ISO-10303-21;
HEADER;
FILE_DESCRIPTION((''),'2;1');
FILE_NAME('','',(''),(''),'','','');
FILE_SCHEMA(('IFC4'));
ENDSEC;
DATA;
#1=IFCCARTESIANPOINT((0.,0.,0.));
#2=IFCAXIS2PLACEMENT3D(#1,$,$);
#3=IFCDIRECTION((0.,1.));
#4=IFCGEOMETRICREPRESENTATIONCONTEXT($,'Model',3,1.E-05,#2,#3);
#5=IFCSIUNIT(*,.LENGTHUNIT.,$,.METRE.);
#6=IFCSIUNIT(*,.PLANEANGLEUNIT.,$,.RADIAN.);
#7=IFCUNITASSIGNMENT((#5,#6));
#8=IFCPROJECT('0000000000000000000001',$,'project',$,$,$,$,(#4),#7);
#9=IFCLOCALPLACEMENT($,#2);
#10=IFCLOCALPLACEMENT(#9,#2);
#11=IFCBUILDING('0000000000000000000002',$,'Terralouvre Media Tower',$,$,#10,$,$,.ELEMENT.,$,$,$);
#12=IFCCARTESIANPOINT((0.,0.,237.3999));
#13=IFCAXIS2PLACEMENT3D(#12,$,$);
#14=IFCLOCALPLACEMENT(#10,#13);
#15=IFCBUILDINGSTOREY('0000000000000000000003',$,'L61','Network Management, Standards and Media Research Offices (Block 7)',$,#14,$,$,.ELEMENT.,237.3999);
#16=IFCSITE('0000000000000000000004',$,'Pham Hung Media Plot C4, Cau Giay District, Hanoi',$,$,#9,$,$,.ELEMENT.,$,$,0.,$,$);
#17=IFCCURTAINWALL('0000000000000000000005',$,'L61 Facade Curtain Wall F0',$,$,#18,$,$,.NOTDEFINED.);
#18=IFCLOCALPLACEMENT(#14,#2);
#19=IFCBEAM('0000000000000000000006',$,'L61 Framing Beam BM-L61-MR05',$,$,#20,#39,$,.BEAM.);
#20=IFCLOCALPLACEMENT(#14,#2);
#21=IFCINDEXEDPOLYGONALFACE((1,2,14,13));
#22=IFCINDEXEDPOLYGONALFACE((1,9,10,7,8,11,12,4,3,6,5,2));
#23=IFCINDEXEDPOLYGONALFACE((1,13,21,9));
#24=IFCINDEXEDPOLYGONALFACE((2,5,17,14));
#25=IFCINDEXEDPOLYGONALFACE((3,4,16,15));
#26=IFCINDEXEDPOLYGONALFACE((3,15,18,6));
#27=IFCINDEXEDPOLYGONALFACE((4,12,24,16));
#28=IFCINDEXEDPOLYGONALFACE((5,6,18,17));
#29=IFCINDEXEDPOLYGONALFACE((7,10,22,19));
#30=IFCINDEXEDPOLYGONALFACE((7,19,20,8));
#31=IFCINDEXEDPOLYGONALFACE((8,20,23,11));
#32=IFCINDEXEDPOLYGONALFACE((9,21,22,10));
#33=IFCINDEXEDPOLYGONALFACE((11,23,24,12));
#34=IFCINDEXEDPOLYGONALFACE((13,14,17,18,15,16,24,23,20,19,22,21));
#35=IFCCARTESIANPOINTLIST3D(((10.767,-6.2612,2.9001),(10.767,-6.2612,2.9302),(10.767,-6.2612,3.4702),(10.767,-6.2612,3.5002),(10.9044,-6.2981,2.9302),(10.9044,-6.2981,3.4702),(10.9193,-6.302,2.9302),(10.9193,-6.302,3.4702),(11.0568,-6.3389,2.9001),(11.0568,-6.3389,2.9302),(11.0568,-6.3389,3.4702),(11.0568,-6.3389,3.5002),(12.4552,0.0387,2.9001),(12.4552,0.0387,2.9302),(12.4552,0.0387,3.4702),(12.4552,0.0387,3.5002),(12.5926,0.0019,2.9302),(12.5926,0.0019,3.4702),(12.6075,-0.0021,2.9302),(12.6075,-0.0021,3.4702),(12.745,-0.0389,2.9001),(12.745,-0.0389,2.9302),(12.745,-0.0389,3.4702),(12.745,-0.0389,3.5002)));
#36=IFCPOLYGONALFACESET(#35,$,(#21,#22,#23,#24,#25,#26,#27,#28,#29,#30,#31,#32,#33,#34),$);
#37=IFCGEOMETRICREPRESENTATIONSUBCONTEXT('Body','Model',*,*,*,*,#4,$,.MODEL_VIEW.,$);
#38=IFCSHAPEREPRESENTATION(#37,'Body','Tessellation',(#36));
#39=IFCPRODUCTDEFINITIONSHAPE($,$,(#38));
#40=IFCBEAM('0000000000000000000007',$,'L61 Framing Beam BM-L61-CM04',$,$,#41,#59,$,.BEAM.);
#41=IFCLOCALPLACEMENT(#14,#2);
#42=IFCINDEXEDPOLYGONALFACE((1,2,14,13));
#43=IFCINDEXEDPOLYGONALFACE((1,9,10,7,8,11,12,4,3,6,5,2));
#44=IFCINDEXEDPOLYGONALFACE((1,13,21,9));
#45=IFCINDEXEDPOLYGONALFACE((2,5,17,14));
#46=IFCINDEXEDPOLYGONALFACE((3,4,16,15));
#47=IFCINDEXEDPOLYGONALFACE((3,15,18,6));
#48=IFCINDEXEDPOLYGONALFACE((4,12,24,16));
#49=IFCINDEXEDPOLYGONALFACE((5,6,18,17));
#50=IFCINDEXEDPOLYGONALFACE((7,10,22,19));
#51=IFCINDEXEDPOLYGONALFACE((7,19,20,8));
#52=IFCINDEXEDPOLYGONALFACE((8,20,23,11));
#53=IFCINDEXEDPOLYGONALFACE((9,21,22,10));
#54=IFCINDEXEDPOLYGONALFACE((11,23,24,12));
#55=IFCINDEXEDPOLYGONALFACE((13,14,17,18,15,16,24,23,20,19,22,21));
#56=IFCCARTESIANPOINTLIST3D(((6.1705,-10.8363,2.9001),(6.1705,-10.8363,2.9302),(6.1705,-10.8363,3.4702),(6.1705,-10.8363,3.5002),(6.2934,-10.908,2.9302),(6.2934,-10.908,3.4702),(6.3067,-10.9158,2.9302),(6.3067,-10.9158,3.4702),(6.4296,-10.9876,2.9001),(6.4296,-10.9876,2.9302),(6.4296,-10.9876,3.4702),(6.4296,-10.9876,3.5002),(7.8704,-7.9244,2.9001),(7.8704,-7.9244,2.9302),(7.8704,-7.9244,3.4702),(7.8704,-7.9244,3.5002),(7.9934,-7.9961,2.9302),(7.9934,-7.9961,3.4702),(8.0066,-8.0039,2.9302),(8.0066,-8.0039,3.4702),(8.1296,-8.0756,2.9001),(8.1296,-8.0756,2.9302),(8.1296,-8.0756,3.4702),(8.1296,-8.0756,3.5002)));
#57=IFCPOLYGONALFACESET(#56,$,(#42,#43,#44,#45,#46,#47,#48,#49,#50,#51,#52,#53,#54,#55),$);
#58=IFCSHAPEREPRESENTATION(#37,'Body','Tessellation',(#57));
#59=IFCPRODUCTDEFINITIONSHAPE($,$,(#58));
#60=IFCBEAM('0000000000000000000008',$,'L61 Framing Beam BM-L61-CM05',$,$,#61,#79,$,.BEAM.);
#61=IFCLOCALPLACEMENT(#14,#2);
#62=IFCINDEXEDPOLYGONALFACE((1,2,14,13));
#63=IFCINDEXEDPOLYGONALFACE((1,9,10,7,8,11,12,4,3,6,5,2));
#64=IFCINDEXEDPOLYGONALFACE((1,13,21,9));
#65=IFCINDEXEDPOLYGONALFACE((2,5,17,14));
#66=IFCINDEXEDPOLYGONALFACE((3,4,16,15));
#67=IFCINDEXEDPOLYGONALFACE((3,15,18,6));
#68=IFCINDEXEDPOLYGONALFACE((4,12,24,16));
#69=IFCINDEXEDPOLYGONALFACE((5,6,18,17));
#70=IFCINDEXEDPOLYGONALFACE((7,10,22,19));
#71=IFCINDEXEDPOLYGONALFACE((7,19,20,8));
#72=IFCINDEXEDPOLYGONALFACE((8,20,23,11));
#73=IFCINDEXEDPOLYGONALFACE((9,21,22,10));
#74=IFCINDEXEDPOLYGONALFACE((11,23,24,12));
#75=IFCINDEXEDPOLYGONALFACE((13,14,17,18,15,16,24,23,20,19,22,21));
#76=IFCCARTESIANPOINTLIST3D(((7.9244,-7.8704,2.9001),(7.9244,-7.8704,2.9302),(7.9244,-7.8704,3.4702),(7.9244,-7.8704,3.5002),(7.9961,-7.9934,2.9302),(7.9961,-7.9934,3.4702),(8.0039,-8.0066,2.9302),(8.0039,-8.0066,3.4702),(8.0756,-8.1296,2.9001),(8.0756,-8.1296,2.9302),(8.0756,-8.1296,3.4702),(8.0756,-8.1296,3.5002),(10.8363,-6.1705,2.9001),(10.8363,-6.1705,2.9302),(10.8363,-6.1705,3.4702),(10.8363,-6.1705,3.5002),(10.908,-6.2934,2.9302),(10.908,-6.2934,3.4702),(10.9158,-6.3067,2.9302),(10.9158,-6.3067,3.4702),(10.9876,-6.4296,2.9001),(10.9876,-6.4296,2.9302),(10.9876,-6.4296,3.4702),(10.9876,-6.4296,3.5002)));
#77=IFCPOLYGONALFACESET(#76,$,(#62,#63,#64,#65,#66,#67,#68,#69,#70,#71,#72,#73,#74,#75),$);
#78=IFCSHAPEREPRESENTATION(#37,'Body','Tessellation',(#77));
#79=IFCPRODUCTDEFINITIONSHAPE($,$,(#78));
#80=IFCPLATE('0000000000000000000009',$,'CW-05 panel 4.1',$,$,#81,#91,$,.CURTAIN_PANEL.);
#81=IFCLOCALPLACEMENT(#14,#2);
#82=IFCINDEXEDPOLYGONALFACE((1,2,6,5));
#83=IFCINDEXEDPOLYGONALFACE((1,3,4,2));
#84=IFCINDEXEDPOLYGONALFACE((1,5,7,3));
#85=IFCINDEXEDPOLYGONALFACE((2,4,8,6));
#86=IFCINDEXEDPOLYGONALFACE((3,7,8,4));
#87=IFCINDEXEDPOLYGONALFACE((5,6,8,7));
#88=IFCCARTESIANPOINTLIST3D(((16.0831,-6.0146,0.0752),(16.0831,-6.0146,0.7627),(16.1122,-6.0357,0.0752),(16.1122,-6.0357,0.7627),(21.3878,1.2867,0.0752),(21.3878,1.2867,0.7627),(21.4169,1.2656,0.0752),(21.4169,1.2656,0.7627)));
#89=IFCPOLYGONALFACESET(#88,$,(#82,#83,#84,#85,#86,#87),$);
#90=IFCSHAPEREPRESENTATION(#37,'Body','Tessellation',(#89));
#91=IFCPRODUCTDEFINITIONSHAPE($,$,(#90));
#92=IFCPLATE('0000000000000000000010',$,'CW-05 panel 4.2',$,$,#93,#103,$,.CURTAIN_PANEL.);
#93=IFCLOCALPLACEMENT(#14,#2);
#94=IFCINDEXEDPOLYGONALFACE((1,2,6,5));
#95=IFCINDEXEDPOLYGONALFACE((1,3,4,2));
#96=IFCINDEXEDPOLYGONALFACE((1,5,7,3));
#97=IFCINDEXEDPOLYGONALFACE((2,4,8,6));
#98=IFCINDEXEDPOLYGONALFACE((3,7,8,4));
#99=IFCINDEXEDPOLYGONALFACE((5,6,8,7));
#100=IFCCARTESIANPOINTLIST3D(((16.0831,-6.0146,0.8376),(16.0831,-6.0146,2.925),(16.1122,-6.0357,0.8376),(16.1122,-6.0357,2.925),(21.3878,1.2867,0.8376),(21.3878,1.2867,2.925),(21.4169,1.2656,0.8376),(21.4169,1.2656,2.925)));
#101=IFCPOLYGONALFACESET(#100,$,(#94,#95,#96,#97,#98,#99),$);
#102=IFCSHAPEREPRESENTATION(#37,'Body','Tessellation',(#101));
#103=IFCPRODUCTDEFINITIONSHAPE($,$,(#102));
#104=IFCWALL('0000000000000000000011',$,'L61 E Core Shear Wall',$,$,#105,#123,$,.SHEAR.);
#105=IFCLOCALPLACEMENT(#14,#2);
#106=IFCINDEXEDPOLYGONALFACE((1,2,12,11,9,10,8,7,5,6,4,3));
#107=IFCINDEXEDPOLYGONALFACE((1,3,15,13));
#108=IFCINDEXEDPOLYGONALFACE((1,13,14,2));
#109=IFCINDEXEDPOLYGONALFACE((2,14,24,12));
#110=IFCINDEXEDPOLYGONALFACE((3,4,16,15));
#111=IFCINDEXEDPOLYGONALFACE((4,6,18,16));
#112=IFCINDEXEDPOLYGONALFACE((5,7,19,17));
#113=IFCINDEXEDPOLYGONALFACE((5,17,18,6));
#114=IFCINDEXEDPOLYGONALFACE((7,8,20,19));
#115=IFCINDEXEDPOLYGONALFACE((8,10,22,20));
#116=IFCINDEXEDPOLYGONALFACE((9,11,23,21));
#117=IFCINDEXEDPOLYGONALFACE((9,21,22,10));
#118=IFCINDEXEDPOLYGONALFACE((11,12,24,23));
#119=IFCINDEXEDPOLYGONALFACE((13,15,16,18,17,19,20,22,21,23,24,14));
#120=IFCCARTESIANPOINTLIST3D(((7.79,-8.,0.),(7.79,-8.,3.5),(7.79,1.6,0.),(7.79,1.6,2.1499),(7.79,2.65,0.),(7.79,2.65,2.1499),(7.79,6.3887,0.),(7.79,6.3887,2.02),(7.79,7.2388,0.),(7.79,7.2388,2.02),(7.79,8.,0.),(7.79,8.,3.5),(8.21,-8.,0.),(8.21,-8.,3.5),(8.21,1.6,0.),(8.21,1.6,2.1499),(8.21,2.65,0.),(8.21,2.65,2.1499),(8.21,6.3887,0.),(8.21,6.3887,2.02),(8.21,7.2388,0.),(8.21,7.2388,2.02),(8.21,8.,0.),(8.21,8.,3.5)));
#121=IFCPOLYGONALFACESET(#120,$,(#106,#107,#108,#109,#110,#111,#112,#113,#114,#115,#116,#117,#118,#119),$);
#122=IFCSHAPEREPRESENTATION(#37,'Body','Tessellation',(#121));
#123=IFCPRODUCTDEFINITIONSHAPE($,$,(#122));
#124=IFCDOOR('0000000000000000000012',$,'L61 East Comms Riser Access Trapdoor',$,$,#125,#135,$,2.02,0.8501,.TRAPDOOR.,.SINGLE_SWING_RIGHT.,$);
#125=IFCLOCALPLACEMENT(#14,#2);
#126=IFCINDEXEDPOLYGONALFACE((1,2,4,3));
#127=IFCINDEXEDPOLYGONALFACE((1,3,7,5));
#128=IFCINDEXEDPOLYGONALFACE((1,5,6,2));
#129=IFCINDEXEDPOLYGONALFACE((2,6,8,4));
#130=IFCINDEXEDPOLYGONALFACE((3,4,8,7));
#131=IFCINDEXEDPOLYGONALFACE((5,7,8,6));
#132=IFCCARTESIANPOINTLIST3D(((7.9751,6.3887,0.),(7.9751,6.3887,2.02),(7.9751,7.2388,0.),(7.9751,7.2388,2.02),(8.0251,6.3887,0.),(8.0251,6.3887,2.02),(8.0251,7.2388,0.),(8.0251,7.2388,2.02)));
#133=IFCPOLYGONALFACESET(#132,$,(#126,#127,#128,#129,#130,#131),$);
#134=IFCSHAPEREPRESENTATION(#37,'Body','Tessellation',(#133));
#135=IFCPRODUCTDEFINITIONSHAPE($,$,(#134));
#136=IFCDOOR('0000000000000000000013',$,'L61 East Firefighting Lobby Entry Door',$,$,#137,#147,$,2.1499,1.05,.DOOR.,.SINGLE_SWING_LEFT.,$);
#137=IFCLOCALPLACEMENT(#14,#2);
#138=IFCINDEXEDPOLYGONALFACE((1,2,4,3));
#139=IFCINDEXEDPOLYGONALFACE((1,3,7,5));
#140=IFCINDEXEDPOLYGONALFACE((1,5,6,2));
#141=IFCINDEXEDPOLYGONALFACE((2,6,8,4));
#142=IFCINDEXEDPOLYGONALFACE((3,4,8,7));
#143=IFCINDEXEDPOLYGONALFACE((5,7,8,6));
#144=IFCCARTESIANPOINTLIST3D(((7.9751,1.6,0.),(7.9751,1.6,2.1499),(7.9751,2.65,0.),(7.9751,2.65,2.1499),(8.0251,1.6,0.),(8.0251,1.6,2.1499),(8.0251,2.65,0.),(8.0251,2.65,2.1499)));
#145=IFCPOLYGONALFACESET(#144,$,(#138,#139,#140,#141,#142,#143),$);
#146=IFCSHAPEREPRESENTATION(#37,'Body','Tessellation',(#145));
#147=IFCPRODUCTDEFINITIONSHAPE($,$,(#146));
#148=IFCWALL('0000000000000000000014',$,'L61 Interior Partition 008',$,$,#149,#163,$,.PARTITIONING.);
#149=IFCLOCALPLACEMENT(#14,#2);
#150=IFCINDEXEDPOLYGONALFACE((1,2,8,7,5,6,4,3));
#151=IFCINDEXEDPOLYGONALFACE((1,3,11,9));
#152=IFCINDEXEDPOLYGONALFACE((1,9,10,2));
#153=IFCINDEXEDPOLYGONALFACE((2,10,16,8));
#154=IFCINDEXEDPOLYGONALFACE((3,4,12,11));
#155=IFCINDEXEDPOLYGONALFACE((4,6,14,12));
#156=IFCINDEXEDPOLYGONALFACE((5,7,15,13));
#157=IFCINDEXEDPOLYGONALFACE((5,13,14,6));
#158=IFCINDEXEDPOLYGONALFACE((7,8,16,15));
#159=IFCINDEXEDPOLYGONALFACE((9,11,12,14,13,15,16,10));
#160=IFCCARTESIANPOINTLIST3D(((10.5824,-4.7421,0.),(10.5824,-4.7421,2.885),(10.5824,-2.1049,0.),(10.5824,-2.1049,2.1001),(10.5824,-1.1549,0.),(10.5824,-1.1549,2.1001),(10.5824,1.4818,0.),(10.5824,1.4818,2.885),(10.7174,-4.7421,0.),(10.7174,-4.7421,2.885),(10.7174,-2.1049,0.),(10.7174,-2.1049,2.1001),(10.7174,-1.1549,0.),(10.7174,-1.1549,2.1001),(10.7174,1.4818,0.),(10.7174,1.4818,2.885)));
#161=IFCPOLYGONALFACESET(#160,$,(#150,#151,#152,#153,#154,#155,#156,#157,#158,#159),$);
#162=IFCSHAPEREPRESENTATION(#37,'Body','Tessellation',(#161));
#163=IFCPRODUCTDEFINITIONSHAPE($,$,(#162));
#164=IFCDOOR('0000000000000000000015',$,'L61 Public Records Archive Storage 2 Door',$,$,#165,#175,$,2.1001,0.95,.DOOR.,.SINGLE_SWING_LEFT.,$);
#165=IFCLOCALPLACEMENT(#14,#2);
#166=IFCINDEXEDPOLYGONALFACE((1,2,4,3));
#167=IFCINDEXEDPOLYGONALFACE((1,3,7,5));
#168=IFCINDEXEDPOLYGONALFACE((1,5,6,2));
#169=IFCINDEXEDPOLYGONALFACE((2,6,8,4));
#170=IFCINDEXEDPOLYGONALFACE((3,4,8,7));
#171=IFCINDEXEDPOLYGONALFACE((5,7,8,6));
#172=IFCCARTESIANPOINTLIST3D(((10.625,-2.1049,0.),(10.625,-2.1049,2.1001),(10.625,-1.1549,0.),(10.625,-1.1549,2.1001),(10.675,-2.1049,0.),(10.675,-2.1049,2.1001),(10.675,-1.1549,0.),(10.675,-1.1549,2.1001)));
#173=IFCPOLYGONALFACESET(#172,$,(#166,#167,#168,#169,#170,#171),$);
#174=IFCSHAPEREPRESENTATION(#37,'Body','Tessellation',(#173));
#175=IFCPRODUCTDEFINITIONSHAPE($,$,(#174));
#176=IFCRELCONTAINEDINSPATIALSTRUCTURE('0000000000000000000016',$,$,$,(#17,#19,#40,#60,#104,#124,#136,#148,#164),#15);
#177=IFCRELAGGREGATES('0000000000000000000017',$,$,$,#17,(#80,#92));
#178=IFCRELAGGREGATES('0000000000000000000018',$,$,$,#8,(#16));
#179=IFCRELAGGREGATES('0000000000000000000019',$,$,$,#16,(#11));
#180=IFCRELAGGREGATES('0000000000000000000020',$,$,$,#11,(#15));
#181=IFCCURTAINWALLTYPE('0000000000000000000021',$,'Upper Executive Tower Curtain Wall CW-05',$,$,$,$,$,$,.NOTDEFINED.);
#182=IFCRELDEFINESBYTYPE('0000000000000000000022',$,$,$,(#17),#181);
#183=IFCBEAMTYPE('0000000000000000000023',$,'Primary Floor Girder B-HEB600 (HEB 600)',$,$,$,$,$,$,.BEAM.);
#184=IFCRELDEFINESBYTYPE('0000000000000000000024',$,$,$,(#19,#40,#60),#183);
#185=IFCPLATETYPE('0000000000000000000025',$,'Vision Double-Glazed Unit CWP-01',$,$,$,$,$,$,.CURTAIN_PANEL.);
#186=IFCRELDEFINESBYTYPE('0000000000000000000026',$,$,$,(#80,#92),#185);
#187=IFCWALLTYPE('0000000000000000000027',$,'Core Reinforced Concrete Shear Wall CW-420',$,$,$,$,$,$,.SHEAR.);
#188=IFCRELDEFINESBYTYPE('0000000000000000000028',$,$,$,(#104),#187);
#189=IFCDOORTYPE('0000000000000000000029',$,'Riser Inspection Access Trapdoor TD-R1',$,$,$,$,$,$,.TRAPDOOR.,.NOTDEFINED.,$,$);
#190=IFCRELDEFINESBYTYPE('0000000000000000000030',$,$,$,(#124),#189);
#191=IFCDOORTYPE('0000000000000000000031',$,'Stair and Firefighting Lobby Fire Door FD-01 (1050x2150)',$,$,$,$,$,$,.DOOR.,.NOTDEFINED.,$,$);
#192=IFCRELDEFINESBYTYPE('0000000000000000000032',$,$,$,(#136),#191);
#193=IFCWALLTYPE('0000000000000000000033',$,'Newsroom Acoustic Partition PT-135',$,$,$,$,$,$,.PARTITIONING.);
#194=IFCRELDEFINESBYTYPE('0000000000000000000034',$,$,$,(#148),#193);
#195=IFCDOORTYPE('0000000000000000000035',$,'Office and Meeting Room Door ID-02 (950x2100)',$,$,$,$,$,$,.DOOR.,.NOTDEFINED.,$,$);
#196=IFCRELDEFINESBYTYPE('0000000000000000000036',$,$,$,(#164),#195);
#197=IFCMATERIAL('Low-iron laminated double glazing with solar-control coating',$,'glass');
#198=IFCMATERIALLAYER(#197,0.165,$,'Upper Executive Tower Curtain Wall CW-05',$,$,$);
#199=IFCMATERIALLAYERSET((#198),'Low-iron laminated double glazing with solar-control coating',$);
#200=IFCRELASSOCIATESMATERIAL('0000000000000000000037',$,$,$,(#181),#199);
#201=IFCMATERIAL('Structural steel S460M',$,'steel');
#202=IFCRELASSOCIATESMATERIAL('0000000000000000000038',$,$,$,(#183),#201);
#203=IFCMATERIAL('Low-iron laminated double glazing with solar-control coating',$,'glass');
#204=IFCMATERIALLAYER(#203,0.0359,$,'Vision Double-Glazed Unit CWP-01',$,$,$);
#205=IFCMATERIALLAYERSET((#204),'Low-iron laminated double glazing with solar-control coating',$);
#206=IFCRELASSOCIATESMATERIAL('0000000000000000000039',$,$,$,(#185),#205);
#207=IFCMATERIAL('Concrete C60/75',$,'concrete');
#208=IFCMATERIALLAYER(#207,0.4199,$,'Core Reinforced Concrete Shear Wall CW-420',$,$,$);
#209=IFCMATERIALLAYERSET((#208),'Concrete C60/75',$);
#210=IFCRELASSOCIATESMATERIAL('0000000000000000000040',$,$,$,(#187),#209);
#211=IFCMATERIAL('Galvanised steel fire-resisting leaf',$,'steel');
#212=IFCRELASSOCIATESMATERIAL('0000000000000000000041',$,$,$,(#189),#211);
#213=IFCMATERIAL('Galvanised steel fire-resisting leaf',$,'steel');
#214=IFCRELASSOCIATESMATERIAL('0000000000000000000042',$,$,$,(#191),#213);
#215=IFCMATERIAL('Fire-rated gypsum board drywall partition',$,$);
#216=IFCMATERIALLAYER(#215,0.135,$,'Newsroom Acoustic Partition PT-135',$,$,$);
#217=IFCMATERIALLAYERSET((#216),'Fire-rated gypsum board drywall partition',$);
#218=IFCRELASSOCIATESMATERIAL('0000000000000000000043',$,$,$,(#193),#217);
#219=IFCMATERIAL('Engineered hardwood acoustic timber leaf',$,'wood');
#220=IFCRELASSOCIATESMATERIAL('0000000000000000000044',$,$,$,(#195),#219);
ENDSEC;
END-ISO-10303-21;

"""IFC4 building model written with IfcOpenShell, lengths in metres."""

from ifc_helpers import new_model, si_unit, direction, frame, frame_2d, origin, origin_2d, place, context, subcontext, project, spatial, rectangle, i_section, extrude, material, layer, layer_set, material_profile, profile_set, type_object, element, fill, aggregate, save


model = new_model("IFC4")

# Units and contexts
model_context = context("Model", 3, precision=1e-05, world=origin(), true_north=direction((0.0, 1.0)))
body_context = subcontext(model_context, "Body", "Model", "MODEL_VIEW")
ifc_project = project(units=[si_unit("LENGTHUNIT", "METRE"), si_unit("PLANEANGLEUNIT", "RADIAN")], contexts=[model_context])

# Site, building, storey
site_placement = place(None, origin())
site = spatial("IfcSite", under=ifc_project, at=site_placement, Name="Pham Hung Media Plot C4, Cau Giay District, Hanoi", CompositionType="ELEMENT", RefElevation=0.0)
building_placement = place(site_placement, origin())
building = spatial("IfcBuilding", under=site, at=building_placement, Name="Terralouvre Media Tower", CompositionType="ELEMENT")
storey_placement = place(building_placement, frame((0.0, 0.0, 237.3999)))
storey = spatial("IfcBuildingStorey", under=building, at=storey_placement, Name="L61", Description="Network Management, Standards and Media Research Offices (Block 7)", CompositionType="ELEMENT", Elevation=237.3999)

# Curtain wall
ifc_material_1 = material(Name="Low-iron laminated double glazing with solar-control coating", Category="glass")
ifc_layer_1 = layer(ifc_material_1, 0.165, Name="Upper Executive Tower Curtain Wall CW-05")
ifc_layer_set_1 = layer_set([ifc_layer_1], Name="Low-iron laminated double glazing with solar-control coating")
curtain_wall_type = type_object("IfcCurtainWallType", Name="Upper Executive Tower Curtain Wall CW-05", PredefinedType="NOTDEFINED", material=ifc_layer_set_1)
curtain_wall_placement = place(storey_placement, origin())
curtain_wall = element("IfcCurtainWall", 1, at=curtain_wall_placement, inside=storey, type_object=curtain_wall_type, Name="L61 Facade Curtain Wall F0", PredefinedType="NOTDEFINED")

# Beams
ifc_material_2 = material(Name="Structural steel S460M", Category="steel")
ifc_material_profile_1 = material_profile(ifc_material_2, i_section(OverallWidth=0.3, OverallDepth=0.6001, WebThickness=0.0154, FlangeThickness=0.03, at=origin_2d()), Name="HEB 600")
ifc_profile_set_1 = profile_set([ifc_material_profile_1], Name="Structural steel S460M")
beam_type_1 = type_object("IfcBeamType", Name="Primary Floor Girder B-HEB600 (HEB 600)", PredefinedType="BEAM", material=ifc_profile_set_1)
beam_1_placement = place(storey_placement, frame((10.9119, -6.3, 3.2002), z_axis=(0.258839, 0.96592, 0.0), x_axis=(-0.96592, 0.258839, 0.0)))
element("IfcBeam", 2, at=beam_1_placement, inside=storey, type_object=beam_type_1, Name="L61 Framing Beam BM-L61-MR05", PredefinedType="BEAM", context=body_context, shape_type="SweptSolid", body=[
    extrude(i_section(OverallWidth=0.3, OverallDepth=0.6001, WebThickness=0.0154, FlangeThickness=0.03, at=origin_2d()), origin(), (0.0, 0.0, 1.0), 6.5222),
])
for number, where, z_axis, x_axis, name in (
    (3, (8.0, -8.0, 3.2002), (-0.504173, -0.863603, 0.0), (0.863603, -0.504173, 0.0), "L61 Framing Beam BM-L61-CM04"),
    (4, (8.0, -8.0, 3.2002), (0.863603, 0.504173, 0.0), (-0.504173, 0.863603, 0.0), "L61 Framing Beam BM-L61-CM05"),
):
    element("IfcBeam", number, at=place(storey_placement, frame(where, z_axis=z_axis, x_axis=x_axis)), inside=storey, type_object=beam_type_1, Name=name, PredefinedType="BEAM", context=body_context, shape_type="SweptSolid", body=[
        extrude(i_section(OverallWidth=0.3, OverallDepth=0.6001, WebThickness=0.0154, FlangeThickness=0.03, at=origin_2d()), origin(), (0.0, 0.0, 1.0), 3.3718),
    ])

# Plates
ifc_material_3 = material(Name="Low-iron laminated double glazing with solar-control coating", Category="glass")
ifc_layer_2 = layer(ifc_material_3, 0.0359, Name="Vision Double-Glazed Unit CWP-01")
ifc_layer_set_2 = layer_set([ifc_layer_2], Name="Low-iron laminated double glazing with solar-control coating")
plate_type = type_object("IfcPlateType", Name="Vision Double-Glazed Unit CWP-01", PredefinedType="CURTAIN_PANEL", material=ifc_layer_set_2)
plate_1_placement = place(storey_placement, frame((18.75, -2.3745, 0.0752), z_axis=(0.0, 0.0, 1.0), x_axis=(0.587785, 0.809017, 0.0)))
plate_1 = element("IfcPlate", 5, at=plate_1_placement, type_object=plate_type, Name="CW-05 panel 4.1", PredefinedType="CURTAIN_PANEL", context=body_context, shape_type="SweptSolid", body=[
    extrude(rectangle(XDim=9.0249, YDim=0.0359, at=origin_2d()), origin(), (0.0, 0.0, 1.0), 0.6875),
])
plate_2_placement = place(storey_placement, frame((18.75, -2.3745, 0.8376), z_axis=(0.0, 0.0, 1.0), x_axis=(0.587785, 0.809017, 0.0)))
plate_2 = element("IfcPlate", 6, at=plate_2_placement, type_object=plate_type, Name="CW-05 panel 4.2", PredefinedType="CURTAIN_PANEL", context=body_context, shape_type="SweptSolid", body=[
    extrude(rectangle(XDim=9.0249, YDim=0.0359, at=origin_2d()), origin(), (0.0, 0.0, 1.0), 2.0874),
])
aggregate(curtain_wall, [plate_1, plate_2])

# Wall, openings, doors
ifc_material_4 = material(Name="Concrete C60/75", Category="concrete")
ifc_layer_3 = layer(ifc_material_4, 0.4199, Name="Core Reinforced Concrete Shear Wall CW-420")
ifc_layer_set_3 = layer_set([ifc_layer_3], Name="Concrete C60/75")
wall_type_1 = type_object("IfcWallType", Name="Core Reinforced Concrete Shear Wall CW-420", PredefinedType="SHEAR", material=ifc_layer_set_3)
wall_1_placement = place(storey_placement, frame((8.0, -8.0, 0.0), z_axis=(0.0, 0.0, 1.0), x_axis=(0.0, 1.0, 0.0)))
wall_1 = element("IfcWall", 7, at=wall_1_placement, inside=storey, type_object=wall_type_1, Name="L61 E Core Shear Wall", PredefinedType="SHEAR", context=body_context, shape_type="SweptSolid", body=[
    extrude(rectangle(XDim=16.0, YDim=0.4199, at=frame_2d((8.0, 0.0))), origin(), (0.0, 0.0, 1.0), 3.5),
])
opening_1_placement = place(wall_1_placement, frame((9.6001, 0.0, 0.0)))
opening_1 = element("IfcOpeningElement", 8, at=opening_1_placement, cuts=wall_1, PredefinedType="OPENING", context=body_context, shape_type="SweptSolid", body=[
    extrude(rectangle(XDim=1.05, YDim=2.1499, at=frame_2d((0.5249, 1.075))), frame((0.0, 0.22, 0.0), z_axis=(0.0, -1.0, 0.0), x_axis=(1.0, 0.0, 0.0)), (0.0, 0.0, 1.0), 0.4399),
])
opening_2_placement = place(wall_1_placement, frame((14.3887, 0.0, 0.0)))
opening_2 = element("IfcOpeningElement", 9, at=opening_2_placement, cuts=wall_1, PredefinedType="OPENING", context=body_context, shape_type="SweptSolid", body=[
    extrude(rectangle(XDim=0.8501, YDim=2.02, at=frame_2d((0.425, 1.01))), frame((0.0, 0.22, 0.0), z_axis=(0.0, -1.0, 0.0), x_axis=(1.0, 0.0, 0.0)), (0.0, 0.0, 1.0), 0.4399),
])
ifc_material_5 = material(Name="Galvanised steel fire-resisting leaf", Category="steel")
door_type_1 = type_object("IfcDoorType", Name="Riser Inspection Access Trapdoor TD-R1", OperationType="NOTDEFINED", PredefinedType="TRAPDOOR", material=ifc_material_5)
door_1_placement = place(opening_2_placement, origin())
door_1 = element("IfcDoor", 10, at=door_1_placement, inside=storey, type_object=door_type_1, Name="L61 East Comms Riser Access Trapdoor", OperationType="SINGLE_SWING_RIGHT", OverallHeight=2.02, OverallWidth=0.8501, PredefinedType="TRAPDOOR", context=body_context, shape_type="SweptSolid", body=[
    extrude(rectangle(XDim=0.8501, YDim=2.02, at=frame_2d((0.425, 1.01))), frame((0.0, 0.0249, 0.0), z_axis=(0.0, -1.0, 0.0), x_axis=(1.0, 0.0, 0.0)), (0.0, 0.0, 1.0), 0.05),
])
fill(opening_2, door_1)
ifc_material_6 = material(Name="Galvanised steel fire-resisting leaf", Category="steel")
door_type_2 = type_object("IfcDoorType", Name="Stair and Firefighting Lobby Fire Door FD-01 (1050x2150)", OperationType="NOTDEFINED", PredefinedType="DOOR", material=ifc_material_6)
door_2_placement = place(opening_1_placement, origin())
door_2 = element("IfcDoor", 11, at=door_2_placement, inside=storey, type_object=door_type_2, Name="L61 East Firefighting Lobby Entry Door", OperationType="SINGLE_SWING_LEFT", OverallHeight=2.1499, OverallWidth=1.05, PredefinedType="DOOR", context=body_context, shape_type="SweptSolid", body=[
    extrude(rectangle(XDim=1.05, YDim=2.1499, at=frame_2d((0.5249, 1.075))), frame((0.0, 0.0249, 0.0), z_axis=(0.0, -1.0, 0.0), x_axis=(1.0, 0.0, 0.0)), (0.0, 0.0, 1.0), 0.05),
])
fill(opening_1, door_2)

# Wall, opening, door
ifc_material_7 = material(Name="Fire-rated gypsum board drywall partition")
ifc_layer_4 = layer(ifc_material_7, 0.135, Name="Newsroom Acoustic Partition PT-135")
ifc_layer_set_4 = layer_set([ifc_layer_4], Name="Fire-rated gypsum board drywall partition")
wall_type_2 = type_object("IfcWallType", Name="Newsroom Acoustic Partition PT-135", PredefinedType="PARTITIONING", material=ifc_layer_set_4)
wall_2_placement = place(storey_placement, frame((10.6499, -4.7419, 0.0), z_axis=(0.0, 0.0, 1.0), x_axis=(0.0, 1.0, 0.0)))
wall_2 = element("IfcWall", 12, at=wall_2_placement, inside=storey, type_object=wall_type_2, Name="L61 Interior Partition 008", PredefinedType="PARTITIONING", context=body_context, shape_type="SweptSolid", body=[
    extrude(rectangle(XDim=6.2239, YDim=0.135, at=frame_2d((3.1118, 0.0))), origin(), (0.0, 0.0, 1.0), 2.885),
])
opening_3_placement = place(wall_2_placement, frame((2.637, 0.0, 0.0)))
opening_3 = element("IfcOpeningElement", 13, at=opening_3_placement, cuts=wall_2, PredefinedType="OPENING", context=body_context, shape_type="SweptSolid", body=[
    extrude(rectangle(XDim=0.95, YDim=2.1001, at=frame_2d((0.4751, 1.05))), frame((0.0, 0.0774, 0.0), z_axis=(0.0, -1.0, 0.0), x_axis=(1.0, 0.0, 0.0)), (0.0, 0.0, 1.0), 0.155),
])
ifc_material_8 = material(Name="Engineered hardwood acoustic timber leaf", Category="wood")
door_type_3 = type_object("IfcDoorType", Name="Office and Meeting Room Door ID-02 (950x2100)", OperationType="NOTDEFINED", PredefinedType="DOOR", material=ifc_material_8)
door_3_placement = place(opening_3_placement, origin())
door_3 = element("IfcDoor", 14, at=door_3_placement, inside=storey, type_object=door_type_3, Name="L61 Public Records Archive Storage 2 Door", OperationType="SINGLE_SWING_LEFT", OverallHeight=2.1001, OverallWidth=0.95, PredefinedType="DOOR", context=body_context, shape_type="SweptSolid", body=[
    extrude(rectangle(XDim=0.95, YDim=2.1001, at=frame_2d((0.4751, 1.05))), frame((0.0, 0.0249, 0.0), z_axis=(0.0, -1.0, 0.0), x_axis=(1.0, 0.0, 0.0)), (0.0, 0.0, 1.0), 0.05),
])
fill(opening_3, door_3)

save(model, "model.ifc")
